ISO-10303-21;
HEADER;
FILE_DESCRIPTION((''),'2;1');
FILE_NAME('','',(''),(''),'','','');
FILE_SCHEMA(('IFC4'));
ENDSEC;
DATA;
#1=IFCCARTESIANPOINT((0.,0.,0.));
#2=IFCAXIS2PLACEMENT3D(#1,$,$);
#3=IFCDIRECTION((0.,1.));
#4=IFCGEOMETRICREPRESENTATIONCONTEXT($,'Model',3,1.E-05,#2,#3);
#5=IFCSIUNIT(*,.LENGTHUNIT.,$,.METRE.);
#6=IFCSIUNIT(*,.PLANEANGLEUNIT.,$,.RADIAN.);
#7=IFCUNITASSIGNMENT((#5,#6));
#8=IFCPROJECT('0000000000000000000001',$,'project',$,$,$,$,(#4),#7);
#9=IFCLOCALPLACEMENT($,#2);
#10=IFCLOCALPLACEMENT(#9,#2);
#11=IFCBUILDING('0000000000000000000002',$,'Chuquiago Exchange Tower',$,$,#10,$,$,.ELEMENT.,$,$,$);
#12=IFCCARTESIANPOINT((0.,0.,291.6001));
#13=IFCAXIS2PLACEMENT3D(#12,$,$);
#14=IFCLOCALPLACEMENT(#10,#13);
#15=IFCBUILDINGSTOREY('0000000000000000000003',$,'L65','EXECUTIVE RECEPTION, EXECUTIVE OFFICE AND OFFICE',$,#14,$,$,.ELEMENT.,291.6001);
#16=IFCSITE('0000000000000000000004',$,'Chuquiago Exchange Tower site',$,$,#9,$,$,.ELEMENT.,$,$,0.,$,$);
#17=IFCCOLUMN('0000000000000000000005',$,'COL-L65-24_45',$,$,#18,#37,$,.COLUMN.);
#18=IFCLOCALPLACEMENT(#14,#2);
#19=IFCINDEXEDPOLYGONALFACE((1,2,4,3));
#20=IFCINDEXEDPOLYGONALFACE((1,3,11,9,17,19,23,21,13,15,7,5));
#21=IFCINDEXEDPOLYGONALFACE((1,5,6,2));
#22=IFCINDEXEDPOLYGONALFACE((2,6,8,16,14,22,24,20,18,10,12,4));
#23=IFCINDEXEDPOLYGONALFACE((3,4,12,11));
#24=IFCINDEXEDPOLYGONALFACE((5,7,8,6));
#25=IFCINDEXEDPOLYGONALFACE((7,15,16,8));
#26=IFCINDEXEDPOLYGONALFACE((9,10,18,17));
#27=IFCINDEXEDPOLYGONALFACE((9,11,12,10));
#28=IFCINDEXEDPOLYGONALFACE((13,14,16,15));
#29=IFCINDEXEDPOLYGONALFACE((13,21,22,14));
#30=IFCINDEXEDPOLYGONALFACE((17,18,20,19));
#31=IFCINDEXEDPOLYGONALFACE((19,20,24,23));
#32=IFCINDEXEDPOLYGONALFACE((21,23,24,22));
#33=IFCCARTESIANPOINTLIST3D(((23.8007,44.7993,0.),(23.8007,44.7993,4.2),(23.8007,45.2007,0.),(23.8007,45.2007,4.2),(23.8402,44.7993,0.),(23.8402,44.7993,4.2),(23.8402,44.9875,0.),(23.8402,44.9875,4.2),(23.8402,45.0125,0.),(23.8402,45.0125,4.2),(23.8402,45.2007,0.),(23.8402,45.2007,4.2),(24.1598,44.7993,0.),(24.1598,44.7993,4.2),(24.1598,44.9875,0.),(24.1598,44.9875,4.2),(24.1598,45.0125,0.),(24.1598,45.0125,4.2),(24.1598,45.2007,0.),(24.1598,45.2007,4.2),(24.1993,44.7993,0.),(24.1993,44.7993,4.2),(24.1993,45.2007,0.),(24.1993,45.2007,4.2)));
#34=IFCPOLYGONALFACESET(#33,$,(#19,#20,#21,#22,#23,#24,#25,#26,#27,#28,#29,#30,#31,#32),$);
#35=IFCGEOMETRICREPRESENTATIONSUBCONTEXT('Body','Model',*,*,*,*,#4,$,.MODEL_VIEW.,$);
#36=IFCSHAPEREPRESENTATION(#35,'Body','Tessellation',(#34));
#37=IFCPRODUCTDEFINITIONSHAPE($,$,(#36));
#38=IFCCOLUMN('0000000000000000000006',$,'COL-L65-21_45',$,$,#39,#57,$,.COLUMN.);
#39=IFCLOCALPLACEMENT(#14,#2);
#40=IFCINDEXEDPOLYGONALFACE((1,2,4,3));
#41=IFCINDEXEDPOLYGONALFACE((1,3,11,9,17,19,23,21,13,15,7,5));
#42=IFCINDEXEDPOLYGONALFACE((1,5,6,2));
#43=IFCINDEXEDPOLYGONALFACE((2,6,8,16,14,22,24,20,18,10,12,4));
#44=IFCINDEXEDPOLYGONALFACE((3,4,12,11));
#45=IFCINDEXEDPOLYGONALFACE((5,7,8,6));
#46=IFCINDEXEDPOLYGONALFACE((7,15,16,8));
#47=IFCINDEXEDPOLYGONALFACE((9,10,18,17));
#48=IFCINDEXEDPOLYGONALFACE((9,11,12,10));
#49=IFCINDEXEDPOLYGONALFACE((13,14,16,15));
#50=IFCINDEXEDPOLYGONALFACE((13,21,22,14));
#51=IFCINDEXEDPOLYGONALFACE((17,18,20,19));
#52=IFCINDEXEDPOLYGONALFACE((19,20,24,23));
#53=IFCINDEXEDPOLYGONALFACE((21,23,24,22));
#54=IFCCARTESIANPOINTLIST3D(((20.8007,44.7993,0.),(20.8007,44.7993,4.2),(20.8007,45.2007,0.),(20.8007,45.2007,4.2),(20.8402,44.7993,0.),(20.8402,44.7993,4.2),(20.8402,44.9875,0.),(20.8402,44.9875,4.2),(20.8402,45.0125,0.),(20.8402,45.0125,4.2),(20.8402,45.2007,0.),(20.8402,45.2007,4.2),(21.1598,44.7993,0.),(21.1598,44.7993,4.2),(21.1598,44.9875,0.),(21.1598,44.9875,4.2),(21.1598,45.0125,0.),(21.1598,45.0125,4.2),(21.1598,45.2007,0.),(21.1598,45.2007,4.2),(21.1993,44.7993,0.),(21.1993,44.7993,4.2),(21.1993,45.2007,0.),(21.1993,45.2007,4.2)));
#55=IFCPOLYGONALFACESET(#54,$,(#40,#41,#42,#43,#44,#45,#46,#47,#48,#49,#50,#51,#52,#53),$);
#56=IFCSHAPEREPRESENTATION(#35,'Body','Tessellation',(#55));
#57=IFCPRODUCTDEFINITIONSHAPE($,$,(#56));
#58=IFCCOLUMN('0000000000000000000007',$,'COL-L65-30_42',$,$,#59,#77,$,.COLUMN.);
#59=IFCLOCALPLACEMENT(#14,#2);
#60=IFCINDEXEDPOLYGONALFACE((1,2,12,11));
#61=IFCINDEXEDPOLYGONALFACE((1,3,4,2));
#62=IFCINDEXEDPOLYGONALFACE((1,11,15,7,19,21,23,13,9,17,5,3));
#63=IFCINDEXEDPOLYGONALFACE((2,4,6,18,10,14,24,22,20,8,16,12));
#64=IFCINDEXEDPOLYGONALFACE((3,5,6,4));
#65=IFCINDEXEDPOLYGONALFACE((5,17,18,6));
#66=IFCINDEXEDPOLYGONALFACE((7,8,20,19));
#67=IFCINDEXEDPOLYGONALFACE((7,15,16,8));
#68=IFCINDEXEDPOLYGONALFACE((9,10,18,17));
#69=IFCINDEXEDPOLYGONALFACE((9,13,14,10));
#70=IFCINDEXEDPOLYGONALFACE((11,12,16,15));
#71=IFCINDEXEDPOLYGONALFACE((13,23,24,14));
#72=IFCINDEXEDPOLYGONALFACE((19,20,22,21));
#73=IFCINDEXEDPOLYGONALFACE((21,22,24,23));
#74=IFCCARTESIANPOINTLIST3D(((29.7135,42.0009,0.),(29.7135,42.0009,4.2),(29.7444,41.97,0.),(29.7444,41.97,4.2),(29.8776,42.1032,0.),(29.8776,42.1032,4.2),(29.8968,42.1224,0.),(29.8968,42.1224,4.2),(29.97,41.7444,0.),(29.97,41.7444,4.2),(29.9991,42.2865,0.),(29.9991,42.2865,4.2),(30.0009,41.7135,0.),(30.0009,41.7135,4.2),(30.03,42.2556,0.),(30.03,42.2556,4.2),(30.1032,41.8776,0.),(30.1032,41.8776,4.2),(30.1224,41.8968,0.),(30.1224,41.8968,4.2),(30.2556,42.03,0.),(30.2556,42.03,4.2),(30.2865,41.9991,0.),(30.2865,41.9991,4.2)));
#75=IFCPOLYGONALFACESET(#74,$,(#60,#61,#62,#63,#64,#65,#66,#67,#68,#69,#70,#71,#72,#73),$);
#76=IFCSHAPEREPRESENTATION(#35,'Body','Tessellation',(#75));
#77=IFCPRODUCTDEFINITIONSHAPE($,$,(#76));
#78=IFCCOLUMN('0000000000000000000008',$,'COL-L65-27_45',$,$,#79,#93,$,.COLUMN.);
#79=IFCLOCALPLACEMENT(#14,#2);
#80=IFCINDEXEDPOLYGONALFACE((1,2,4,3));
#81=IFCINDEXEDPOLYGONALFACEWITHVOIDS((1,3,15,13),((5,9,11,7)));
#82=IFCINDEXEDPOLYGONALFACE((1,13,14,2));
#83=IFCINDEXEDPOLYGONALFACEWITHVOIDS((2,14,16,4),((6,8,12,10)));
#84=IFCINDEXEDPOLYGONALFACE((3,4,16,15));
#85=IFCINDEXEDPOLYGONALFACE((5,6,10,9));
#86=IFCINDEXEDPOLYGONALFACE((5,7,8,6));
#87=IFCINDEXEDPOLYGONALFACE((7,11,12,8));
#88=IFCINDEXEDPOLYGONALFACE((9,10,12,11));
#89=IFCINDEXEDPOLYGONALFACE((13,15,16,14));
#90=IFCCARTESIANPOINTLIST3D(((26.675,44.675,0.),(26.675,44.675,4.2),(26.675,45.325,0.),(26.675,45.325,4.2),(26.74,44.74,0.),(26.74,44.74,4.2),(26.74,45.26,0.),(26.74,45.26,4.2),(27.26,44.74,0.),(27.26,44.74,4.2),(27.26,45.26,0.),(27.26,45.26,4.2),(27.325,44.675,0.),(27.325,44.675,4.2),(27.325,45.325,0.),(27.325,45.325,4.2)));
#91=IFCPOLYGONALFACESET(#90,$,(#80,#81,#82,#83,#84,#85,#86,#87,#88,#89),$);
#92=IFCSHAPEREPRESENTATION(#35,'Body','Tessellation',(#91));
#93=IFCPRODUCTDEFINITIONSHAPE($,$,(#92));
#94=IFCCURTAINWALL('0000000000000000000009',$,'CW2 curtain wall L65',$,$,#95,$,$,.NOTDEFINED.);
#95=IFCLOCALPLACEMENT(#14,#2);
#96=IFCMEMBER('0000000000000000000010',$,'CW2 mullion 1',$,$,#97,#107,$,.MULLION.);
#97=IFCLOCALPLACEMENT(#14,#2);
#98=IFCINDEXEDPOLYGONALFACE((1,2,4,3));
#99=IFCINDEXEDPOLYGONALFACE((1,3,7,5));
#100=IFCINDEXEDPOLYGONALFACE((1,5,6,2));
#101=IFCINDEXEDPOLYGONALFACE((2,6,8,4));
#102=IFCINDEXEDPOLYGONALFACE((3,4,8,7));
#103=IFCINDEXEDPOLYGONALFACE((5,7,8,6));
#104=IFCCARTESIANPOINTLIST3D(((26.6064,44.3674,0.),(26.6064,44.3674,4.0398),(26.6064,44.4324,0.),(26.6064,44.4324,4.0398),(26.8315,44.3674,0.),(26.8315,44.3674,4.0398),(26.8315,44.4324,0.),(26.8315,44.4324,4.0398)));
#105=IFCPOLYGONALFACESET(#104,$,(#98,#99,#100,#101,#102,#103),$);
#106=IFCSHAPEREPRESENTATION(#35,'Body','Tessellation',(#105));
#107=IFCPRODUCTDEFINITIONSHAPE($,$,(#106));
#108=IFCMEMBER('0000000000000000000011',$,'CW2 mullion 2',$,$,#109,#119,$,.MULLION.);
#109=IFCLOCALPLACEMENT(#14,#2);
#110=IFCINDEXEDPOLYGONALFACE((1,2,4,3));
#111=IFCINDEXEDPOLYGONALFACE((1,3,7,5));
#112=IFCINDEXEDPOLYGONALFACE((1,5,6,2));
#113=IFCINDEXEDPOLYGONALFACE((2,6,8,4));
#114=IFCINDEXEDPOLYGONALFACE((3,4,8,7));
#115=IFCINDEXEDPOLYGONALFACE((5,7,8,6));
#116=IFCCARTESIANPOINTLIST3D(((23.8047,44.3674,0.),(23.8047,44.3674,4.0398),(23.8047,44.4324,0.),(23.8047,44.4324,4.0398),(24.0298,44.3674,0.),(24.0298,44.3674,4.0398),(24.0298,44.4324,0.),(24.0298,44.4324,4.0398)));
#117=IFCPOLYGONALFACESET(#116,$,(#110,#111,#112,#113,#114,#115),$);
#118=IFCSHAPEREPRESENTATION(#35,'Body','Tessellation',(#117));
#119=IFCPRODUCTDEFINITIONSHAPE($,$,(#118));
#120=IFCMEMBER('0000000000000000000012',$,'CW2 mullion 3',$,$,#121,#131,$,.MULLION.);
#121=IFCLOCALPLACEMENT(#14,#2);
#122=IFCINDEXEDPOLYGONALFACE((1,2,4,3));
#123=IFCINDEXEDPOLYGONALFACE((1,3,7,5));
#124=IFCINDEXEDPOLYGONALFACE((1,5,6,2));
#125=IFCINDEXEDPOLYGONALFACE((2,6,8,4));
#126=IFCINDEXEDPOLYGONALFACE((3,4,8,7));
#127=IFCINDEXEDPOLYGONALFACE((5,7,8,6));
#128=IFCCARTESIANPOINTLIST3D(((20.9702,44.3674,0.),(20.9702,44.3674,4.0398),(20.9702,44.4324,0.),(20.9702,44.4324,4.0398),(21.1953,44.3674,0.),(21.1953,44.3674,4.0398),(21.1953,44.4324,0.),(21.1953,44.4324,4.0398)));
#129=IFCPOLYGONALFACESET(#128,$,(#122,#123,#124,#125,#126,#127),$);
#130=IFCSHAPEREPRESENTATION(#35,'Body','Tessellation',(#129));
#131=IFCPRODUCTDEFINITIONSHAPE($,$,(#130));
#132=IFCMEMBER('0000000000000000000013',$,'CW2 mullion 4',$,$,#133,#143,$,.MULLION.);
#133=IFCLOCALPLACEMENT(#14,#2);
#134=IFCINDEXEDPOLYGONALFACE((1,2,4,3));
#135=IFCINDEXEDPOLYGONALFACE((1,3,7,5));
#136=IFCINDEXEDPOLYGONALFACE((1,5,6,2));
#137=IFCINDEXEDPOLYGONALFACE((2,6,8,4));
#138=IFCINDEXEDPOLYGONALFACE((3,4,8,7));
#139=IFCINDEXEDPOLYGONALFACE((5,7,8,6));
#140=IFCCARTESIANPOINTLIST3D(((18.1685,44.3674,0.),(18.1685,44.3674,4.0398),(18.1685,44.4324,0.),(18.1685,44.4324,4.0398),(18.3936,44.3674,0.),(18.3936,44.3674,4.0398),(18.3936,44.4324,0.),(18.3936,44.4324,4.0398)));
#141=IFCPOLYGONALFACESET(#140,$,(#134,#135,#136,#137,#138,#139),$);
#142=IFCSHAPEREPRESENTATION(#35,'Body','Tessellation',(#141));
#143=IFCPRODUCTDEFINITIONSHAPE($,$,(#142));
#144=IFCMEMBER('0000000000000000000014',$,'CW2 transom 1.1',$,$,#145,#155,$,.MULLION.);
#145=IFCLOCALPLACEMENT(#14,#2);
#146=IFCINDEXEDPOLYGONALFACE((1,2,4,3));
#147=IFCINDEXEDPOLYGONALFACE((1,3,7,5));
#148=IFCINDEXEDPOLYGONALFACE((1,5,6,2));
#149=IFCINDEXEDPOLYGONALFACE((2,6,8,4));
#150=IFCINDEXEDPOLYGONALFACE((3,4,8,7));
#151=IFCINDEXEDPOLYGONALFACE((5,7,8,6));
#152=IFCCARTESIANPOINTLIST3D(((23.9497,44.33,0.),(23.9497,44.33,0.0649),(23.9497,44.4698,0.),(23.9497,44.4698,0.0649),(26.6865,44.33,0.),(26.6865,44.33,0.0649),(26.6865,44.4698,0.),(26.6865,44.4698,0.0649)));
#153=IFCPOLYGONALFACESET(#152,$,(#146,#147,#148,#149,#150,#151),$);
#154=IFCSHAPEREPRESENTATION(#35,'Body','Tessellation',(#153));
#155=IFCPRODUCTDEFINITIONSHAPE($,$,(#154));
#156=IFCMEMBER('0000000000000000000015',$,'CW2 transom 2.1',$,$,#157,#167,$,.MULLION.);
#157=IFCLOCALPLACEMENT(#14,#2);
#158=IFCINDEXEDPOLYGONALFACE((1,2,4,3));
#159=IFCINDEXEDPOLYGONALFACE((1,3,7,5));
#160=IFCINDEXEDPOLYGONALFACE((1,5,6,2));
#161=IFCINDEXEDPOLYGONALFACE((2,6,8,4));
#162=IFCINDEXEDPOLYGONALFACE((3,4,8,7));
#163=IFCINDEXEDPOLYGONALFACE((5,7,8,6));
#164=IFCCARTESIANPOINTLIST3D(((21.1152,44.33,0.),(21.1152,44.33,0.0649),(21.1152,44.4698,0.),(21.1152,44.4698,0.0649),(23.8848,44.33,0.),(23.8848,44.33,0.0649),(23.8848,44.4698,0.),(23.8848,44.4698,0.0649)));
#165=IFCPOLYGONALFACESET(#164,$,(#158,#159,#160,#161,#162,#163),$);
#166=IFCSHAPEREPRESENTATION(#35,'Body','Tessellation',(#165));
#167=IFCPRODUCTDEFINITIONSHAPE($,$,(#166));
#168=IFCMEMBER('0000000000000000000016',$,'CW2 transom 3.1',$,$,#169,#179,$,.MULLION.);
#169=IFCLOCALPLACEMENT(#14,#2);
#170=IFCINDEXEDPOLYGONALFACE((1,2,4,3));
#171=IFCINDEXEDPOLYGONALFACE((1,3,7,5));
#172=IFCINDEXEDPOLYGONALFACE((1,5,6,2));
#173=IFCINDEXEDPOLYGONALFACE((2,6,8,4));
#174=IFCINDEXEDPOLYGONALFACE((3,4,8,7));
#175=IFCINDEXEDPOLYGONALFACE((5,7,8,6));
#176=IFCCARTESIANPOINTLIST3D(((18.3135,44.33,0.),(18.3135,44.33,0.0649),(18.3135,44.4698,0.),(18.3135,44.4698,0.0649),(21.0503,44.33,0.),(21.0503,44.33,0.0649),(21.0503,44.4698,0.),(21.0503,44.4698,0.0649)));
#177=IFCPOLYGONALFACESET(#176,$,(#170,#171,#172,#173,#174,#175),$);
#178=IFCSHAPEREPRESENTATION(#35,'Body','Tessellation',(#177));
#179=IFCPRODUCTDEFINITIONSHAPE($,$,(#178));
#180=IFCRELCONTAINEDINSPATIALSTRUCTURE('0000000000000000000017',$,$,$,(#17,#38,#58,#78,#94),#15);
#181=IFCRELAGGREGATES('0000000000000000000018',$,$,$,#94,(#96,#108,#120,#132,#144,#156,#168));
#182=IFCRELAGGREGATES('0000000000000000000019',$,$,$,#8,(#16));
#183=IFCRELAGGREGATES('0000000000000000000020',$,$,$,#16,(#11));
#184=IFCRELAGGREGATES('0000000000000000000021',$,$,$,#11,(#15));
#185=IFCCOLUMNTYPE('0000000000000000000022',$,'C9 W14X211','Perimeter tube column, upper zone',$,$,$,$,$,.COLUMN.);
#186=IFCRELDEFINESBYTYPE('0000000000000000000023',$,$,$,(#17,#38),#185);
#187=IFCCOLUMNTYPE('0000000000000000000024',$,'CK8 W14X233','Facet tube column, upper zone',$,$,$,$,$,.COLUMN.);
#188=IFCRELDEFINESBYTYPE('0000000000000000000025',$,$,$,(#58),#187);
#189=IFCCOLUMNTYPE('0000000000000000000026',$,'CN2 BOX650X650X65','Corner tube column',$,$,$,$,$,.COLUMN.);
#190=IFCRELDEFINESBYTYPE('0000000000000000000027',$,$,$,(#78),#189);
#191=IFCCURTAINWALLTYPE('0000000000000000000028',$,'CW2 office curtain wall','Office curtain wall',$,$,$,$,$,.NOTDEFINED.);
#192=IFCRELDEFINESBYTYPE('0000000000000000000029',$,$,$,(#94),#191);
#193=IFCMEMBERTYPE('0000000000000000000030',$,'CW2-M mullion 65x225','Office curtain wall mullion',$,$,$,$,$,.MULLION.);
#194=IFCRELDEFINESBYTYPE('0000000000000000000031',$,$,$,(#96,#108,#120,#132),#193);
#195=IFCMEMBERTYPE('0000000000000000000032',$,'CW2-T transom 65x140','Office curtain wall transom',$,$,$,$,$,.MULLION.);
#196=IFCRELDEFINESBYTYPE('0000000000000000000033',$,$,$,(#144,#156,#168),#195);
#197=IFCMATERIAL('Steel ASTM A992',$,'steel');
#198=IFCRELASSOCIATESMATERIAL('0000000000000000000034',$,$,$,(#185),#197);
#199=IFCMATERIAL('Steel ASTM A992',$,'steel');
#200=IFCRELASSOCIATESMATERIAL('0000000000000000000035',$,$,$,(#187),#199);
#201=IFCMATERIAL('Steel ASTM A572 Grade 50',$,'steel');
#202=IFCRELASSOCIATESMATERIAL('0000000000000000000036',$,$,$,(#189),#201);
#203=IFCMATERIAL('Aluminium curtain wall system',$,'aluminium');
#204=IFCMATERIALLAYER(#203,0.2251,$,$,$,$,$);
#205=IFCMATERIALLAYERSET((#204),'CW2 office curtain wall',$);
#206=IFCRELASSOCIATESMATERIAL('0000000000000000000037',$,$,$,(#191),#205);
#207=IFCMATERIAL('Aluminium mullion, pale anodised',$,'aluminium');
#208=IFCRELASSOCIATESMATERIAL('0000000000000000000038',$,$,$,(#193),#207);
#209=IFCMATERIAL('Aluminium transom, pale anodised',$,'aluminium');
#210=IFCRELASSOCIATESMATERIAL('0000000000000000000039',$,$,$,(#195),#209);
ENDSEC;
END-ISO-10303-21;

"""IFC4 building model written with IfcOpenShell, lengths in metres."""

from ifc_helpers import new_model, si_unit, direction, frame, origin, origin_2d, place, context, subcontext, project, spatial, rectangle, hollow_rectangle, i_section, extrude, material, layer, layer_set, material_profile, profile_set, type_object, element, aggregate, save


model = new_model("IFC4")

# Units and contexts
model_context = context("Model", 3, precision=1e-05, world=origin(), true_north=direction((0.0, 1.0)))
body_context = subcontext(model_context, "Body", "Model", "MODEL_VIEW")
ifc_project = project(units=[si_unit("LENGTHUNIT", "METRE"), si_unit("PLANEANGLEUNIT", "RADIAN")], contexts=[model_context])

# Site, building, storey
site_placement = place(None, origin())
site = spatial("IfcSite", under=ifc_project, at=site_placement, Name="Chuquiago Exchange Tower site", CompositionType="ELEMENT", RefElevation=0.0)
building_placement = place(site_placement, origin())
building = spatial("IfcBuilding", under=site, at=building_placement, Name="Chuquiago Exchange Tower", CompositionType="ELEMENT")
storey_placement = place(building_placement, frame((0.0, 0.0, 291.6001)))
storey = spatial("IfcBuildingStorey", under=building, at=storey_placement, Name="L65", Description="EXECUTIVE RECEPTION, EXECUTIVE OFFICE AND OFFICE", CompositionType="ELEMENT", Elevation=291.6001)

# Columns
ifc_material_1 = material(Name="Steel ASTM A992", Category="steel")
ifc_material_profile_1 = material_profile(ifc_material_1, i_section(OverallWidth=0.4014, OverallDepth=0.3987, WebThickness=0.0249, FlangeThickness=0.0396, at=origin_2d()), Name="W14X211")
ifc_profile_set_1 = profile_set([ifc_material_profile_1], Name="Steel ASTM A992")
column_type_1 = type_object("IfcColumnType", Name="C9 W14X211", Description="Perimeter tube column, upper zone", PredefinedType="COLUMN", material=ifc_profile_set_1)
for number, where, z_axis, x_axis, name in (
    (1, (24.0, 45.0, 0.0), (0.0, 0.0, 1.0), (0.0, 1.0, 0.0), "COL-L65-24_45"),
    (2, (21.0, 45.0, 0.0), (0.0, 0.0, 1.0), (0.0, 1.0, 0.0), "COL-L65-21_45"),
):
    element("IfcColumn", number, at=place(storey_placement, frame(where, z_axis=z_axis, x_axis=x_axis)), inside=storey, type_object=column_type_1, Name=name, PredefinedType="COLUMN", context=body_context, shape_type="SweptSolid", body=[
        extrude(i_section(OverallWidth=0.4014, OverallDepth=0.3987, WebThickness=0.0249, FlangeThickness=0.0396, at=origin_2d()), origin(), (0.0, 0.0, 1.0), 4.2),
    ])
ifc_material_2 = material(Name="Steel ASTM A992", Category="steel")
ifc_material_profile_2 = material_profile(ifc_material_2, i_section(OverallWidth=0.4038, OverallDepth=0.4065, WebThickness=0.0271, FlangeThickness=0.0437, at=origin_2d()), Name="W14X233")
ifc_profile_set_2 = profile_set([ifc_material_profile_2], Name="Steel ASTM A992")
column_type_2 = type_object("IfcColumnType", Name="CK8 W14X233", Description="Facet tube column, upper zone", PredefinedType="COLUMN", material=ifc_profile_set_2)
column_1_placement = place(storey_placement, frame((30.0, 42.0, 0.0), z_axis=(0.0, 0.0, 1.0), x_axis=(0.707107, 0.707107, 0.0)))
element("IfcColumn", 3, at=column_1_placement, inside=storey, type_object=column_type_2, Name="COL-L65-30_42", PredefinedType="COLUMN", context=body_context, shape_type="SweptSolid", body=[
    extrude(i_section(OverallWidth=0.4038, OverallDepth=0.4065, WebThickness=0.0271, FlangeThickness=0.0437, at=origin_2d()), origin(), (0.0, 0.0, 1.0), 4.2),
])
ifc_material_3 = material(Name="Steel ASTM A572 Grade 50", Category="steel")
ifc_material_profile_3 = material_profile(ifc_material_3, hollow_rectangle(XDim=0.6499, YDim=0.6499, WallThickness=0.0649, at=origin_2d()), Name="BOX650X650X65")
ifc_profile_set_3 = profile_set([ifc_material_profile_3], Name="Steel ASTM A572 Grade 50")
column_type_3 = type_object("IfcColumnType", Name="CN2 BOX650X650X65", Description="Corner tube column", PredefinedType="COLUMN", material=ifc_profile_set_3)
column_2_placement = place(storey_placement, frame((27.0, 45.0, 0.0), z_axis=(0.0, 0.0, 1.0), x_axis=(0.0, 1.0, 0.0)))
element("IfcColumn", 4, at=column_2_placement, inside=storey, type_object=column_type_3, Name="COL-L65-27_45", PredefinedType="COLUMN", context=body_context, shape_type="SweptSolid", body=[
    extrude(hollow_rectangle(XDim=0.6499, YDim=0.6499, WallThickness=0.0649, at=origin_2d()), origin(), (0.0, 0.0, 1.0), 4.2),
])

# Curtain wall, members
ifc_material_4 = material(Name="Aluminium curtain wall system", Category="aluminium")
ifc_layer_1 = layer(ifc_material_4, 0.2251)
ifc_layer_set_1 = layer_set([ifc_layer_1], Name="CW2 office curtain wall")
curtain_wall_type_1 = type_object("IfcCurtainWallType", Name="CW2 office curtain wall", Description="Office curtain wall", PredefinedType="NOTDEFINED", material=ifc_layer_set_1)
curtain_wall_1_placement = place(storey_placement, origin())
curtain_wall_1 = element("IfcCurtainWall", 5, at=curtain_wall_1_placement, inside=storey, type_object=curtain_wall_type_1, Name="CW2 curtain wall L65", PredefinedType="NOTDEFINED")
ifc_material_5 = material(Name="Aluminium mullion, pale anodised", Category="aluminium")
ifc_material_profile_4 = material_profile(ifc_material_5, rectangle(XDim=0.0649, YDim=0.2251, at=origin_2d()), Name="AL 65x225")
ifc_profile_set_4 = profile_set([ifc_material_profile_4], Name="Aluminium mullion, pale anodised")
member_type_1 = type_object("IfcMemberType", Name="CW2-M mullion 65x225", Description="Office curtain wall mullion", PredefinedType="MULLION", material=ifc_profile_set_4)
member_1_placement = place(storey_placement, frame((26.719, 44.3999, 0.0), z_axis=(0.0, 0.0, 1.0), x_axis=(0.0, -1.0, 0.0)))
member_1 = element("IfcMember", 6, at=member_1_placement, type_object=member_type_1, Name="CW2 mullion 1", PredefinedType="MULLION", context=body_context, shape_type="SweptSolid", body=[
    extrude(rectangle(XDim=0.0649, YDim=0.2251, at=origin_2d()), origin(), (0.0, 0.0, 1.0), 4.0398),
])
member_2_placement = place(storey_placement, frame((23.9172, 44.3999, 0.0), z_axis=(0.0, 0.0, 1.0), x_axis=(0.0, -1.0, 0.0)))
member_2 = element("IfcMember", 7, at=member_2_placement, type_object=member_type_1, Name="CW2 mullion 2", PredefinedType="MULLION", context=body_context, shape_type="SweptSolid", body=[
    extrude(rectangle(XDim=0.0649, YDim=0.2251, at=origin_2d()), origin(), (0.0, 0.0, 1.0), 4.0398),
])
member_3_placement = place(storey_placement, frame((21.0828, 44.3999, 0.0), z_axis=(0.0, 0.0, 1.0), x_axis=(0.0, -1.0, 0.0)))
member_3 = element("IfcMember", 8, at=member_3_placement, type_object=member_type_1, Name="CW2 mullion 3", PredefinedType="MULLION", context=body_context, shape_type="SweptSolid", body=[
    extrude(rectangle(XDim=0.0649, YDim=0.2251, at=origin_2d()), origin(), (0.0, 0.0, 1.0), 4.0398),
])
member_4_placement = place(storey_placement, frame((18.281, 44.3999, 0.0), z_axis=(0.0, 0.0, 1.0), x_axis=(0.0, -1.0, 0.0)))
member_4 = element("IfcMember", 9, at=member_4_placement, type_object=member_type_1, Name="CW2 mullion 4", PredefinedType="MULLION", context=body_context, shape_type="SweptSolid", body=[
    extrude(rectangle(XDim=0.0649, YDim=0.2251, at=origin_2d()), origin(), (0.0, 0.0, 1.0), 4.0398),
])
ifc_material_6 = material(Name="Aluminium transom, pale anodised", Category="aluminium")
ifc_material_profile_5 = material_profile(ifc_material_6, rectangle(XDim=0.1399, YDim=0.0649, at=origin_2d()), Name="AL 140x65")
ifc_profile_set_5 = profile_set([ifc_material_profile_5], Name="Aluminium transom, pale anodised")
member_type_2 = type_object("IfcMemberType", Name="CW2-T transom 65x140", Description="Office curtain wall transom", PredefinedType="MULLION", material=ifc_profile_set_5)
member_5_placement = place(storey_placement, frame((26.6865, 44.3999, 0.0325), z_axis=(-1.0, 0.0, 0.0), x_axis=(0.0, -1.0, 0.0)))
member_5 = element("IfcMember", 10, at=member_5_placement, type_object=member_type_2, Name="CW2 transom 1.1", PredefinedType="MULLION", context=body_context, shape_type="SweptSolid", body=[
    extrude(rectangle(XDim=0.1399, YDim=0.0649, at=origin_2d()), origin(), (0.0, 0.0, 1.0), 2.7368),
])
member_6_placement = place(storey_placement, frame((23.8848, 44.3999, 0.0325), z_axis=(-1.0, 0.0, 0.0), x_axis=(0.0, -1.0, 0.0)))
member_6 = element("IfcMember", 11, at=member_6_placement, type_object=member_type_2, Name="CW2 transom 2.1", PredefinedType="MULLION", context=body_context, shape_type="SweptSolid", body=[
    extrude(rectangle(XDim=0.1399, YDim=0.0649, at=origin_2d()), origin(), (0.0, 0.0, 1.0), 2.7695),
])
member_7_placement = place(storey_placement, frame((21.0503, 44.3999, 0.0325), z_axis=(-1.0, 0.0, 0.0), x_axis=(0.0, -1.0, 0.0)))
member_7 = element("IfcMember", 12, at=member_7_placement, type_object=member_type_2, Name="CW2 transom 3.1", PredefinedType="MULLION", context=body_context, shape_type="SweptSolid", body=[
    extrude(rectangle(XDim=0.1399, YDim=0.0649, at=origin_2d()), origin(), (0.0, 0.0, 1.0), 2.7368),
])

aggregate(curtain_wall_1, [member_1, member_2, member_3, member_4, member_5, member_6, member_7])

save(model, "model.ifc")
